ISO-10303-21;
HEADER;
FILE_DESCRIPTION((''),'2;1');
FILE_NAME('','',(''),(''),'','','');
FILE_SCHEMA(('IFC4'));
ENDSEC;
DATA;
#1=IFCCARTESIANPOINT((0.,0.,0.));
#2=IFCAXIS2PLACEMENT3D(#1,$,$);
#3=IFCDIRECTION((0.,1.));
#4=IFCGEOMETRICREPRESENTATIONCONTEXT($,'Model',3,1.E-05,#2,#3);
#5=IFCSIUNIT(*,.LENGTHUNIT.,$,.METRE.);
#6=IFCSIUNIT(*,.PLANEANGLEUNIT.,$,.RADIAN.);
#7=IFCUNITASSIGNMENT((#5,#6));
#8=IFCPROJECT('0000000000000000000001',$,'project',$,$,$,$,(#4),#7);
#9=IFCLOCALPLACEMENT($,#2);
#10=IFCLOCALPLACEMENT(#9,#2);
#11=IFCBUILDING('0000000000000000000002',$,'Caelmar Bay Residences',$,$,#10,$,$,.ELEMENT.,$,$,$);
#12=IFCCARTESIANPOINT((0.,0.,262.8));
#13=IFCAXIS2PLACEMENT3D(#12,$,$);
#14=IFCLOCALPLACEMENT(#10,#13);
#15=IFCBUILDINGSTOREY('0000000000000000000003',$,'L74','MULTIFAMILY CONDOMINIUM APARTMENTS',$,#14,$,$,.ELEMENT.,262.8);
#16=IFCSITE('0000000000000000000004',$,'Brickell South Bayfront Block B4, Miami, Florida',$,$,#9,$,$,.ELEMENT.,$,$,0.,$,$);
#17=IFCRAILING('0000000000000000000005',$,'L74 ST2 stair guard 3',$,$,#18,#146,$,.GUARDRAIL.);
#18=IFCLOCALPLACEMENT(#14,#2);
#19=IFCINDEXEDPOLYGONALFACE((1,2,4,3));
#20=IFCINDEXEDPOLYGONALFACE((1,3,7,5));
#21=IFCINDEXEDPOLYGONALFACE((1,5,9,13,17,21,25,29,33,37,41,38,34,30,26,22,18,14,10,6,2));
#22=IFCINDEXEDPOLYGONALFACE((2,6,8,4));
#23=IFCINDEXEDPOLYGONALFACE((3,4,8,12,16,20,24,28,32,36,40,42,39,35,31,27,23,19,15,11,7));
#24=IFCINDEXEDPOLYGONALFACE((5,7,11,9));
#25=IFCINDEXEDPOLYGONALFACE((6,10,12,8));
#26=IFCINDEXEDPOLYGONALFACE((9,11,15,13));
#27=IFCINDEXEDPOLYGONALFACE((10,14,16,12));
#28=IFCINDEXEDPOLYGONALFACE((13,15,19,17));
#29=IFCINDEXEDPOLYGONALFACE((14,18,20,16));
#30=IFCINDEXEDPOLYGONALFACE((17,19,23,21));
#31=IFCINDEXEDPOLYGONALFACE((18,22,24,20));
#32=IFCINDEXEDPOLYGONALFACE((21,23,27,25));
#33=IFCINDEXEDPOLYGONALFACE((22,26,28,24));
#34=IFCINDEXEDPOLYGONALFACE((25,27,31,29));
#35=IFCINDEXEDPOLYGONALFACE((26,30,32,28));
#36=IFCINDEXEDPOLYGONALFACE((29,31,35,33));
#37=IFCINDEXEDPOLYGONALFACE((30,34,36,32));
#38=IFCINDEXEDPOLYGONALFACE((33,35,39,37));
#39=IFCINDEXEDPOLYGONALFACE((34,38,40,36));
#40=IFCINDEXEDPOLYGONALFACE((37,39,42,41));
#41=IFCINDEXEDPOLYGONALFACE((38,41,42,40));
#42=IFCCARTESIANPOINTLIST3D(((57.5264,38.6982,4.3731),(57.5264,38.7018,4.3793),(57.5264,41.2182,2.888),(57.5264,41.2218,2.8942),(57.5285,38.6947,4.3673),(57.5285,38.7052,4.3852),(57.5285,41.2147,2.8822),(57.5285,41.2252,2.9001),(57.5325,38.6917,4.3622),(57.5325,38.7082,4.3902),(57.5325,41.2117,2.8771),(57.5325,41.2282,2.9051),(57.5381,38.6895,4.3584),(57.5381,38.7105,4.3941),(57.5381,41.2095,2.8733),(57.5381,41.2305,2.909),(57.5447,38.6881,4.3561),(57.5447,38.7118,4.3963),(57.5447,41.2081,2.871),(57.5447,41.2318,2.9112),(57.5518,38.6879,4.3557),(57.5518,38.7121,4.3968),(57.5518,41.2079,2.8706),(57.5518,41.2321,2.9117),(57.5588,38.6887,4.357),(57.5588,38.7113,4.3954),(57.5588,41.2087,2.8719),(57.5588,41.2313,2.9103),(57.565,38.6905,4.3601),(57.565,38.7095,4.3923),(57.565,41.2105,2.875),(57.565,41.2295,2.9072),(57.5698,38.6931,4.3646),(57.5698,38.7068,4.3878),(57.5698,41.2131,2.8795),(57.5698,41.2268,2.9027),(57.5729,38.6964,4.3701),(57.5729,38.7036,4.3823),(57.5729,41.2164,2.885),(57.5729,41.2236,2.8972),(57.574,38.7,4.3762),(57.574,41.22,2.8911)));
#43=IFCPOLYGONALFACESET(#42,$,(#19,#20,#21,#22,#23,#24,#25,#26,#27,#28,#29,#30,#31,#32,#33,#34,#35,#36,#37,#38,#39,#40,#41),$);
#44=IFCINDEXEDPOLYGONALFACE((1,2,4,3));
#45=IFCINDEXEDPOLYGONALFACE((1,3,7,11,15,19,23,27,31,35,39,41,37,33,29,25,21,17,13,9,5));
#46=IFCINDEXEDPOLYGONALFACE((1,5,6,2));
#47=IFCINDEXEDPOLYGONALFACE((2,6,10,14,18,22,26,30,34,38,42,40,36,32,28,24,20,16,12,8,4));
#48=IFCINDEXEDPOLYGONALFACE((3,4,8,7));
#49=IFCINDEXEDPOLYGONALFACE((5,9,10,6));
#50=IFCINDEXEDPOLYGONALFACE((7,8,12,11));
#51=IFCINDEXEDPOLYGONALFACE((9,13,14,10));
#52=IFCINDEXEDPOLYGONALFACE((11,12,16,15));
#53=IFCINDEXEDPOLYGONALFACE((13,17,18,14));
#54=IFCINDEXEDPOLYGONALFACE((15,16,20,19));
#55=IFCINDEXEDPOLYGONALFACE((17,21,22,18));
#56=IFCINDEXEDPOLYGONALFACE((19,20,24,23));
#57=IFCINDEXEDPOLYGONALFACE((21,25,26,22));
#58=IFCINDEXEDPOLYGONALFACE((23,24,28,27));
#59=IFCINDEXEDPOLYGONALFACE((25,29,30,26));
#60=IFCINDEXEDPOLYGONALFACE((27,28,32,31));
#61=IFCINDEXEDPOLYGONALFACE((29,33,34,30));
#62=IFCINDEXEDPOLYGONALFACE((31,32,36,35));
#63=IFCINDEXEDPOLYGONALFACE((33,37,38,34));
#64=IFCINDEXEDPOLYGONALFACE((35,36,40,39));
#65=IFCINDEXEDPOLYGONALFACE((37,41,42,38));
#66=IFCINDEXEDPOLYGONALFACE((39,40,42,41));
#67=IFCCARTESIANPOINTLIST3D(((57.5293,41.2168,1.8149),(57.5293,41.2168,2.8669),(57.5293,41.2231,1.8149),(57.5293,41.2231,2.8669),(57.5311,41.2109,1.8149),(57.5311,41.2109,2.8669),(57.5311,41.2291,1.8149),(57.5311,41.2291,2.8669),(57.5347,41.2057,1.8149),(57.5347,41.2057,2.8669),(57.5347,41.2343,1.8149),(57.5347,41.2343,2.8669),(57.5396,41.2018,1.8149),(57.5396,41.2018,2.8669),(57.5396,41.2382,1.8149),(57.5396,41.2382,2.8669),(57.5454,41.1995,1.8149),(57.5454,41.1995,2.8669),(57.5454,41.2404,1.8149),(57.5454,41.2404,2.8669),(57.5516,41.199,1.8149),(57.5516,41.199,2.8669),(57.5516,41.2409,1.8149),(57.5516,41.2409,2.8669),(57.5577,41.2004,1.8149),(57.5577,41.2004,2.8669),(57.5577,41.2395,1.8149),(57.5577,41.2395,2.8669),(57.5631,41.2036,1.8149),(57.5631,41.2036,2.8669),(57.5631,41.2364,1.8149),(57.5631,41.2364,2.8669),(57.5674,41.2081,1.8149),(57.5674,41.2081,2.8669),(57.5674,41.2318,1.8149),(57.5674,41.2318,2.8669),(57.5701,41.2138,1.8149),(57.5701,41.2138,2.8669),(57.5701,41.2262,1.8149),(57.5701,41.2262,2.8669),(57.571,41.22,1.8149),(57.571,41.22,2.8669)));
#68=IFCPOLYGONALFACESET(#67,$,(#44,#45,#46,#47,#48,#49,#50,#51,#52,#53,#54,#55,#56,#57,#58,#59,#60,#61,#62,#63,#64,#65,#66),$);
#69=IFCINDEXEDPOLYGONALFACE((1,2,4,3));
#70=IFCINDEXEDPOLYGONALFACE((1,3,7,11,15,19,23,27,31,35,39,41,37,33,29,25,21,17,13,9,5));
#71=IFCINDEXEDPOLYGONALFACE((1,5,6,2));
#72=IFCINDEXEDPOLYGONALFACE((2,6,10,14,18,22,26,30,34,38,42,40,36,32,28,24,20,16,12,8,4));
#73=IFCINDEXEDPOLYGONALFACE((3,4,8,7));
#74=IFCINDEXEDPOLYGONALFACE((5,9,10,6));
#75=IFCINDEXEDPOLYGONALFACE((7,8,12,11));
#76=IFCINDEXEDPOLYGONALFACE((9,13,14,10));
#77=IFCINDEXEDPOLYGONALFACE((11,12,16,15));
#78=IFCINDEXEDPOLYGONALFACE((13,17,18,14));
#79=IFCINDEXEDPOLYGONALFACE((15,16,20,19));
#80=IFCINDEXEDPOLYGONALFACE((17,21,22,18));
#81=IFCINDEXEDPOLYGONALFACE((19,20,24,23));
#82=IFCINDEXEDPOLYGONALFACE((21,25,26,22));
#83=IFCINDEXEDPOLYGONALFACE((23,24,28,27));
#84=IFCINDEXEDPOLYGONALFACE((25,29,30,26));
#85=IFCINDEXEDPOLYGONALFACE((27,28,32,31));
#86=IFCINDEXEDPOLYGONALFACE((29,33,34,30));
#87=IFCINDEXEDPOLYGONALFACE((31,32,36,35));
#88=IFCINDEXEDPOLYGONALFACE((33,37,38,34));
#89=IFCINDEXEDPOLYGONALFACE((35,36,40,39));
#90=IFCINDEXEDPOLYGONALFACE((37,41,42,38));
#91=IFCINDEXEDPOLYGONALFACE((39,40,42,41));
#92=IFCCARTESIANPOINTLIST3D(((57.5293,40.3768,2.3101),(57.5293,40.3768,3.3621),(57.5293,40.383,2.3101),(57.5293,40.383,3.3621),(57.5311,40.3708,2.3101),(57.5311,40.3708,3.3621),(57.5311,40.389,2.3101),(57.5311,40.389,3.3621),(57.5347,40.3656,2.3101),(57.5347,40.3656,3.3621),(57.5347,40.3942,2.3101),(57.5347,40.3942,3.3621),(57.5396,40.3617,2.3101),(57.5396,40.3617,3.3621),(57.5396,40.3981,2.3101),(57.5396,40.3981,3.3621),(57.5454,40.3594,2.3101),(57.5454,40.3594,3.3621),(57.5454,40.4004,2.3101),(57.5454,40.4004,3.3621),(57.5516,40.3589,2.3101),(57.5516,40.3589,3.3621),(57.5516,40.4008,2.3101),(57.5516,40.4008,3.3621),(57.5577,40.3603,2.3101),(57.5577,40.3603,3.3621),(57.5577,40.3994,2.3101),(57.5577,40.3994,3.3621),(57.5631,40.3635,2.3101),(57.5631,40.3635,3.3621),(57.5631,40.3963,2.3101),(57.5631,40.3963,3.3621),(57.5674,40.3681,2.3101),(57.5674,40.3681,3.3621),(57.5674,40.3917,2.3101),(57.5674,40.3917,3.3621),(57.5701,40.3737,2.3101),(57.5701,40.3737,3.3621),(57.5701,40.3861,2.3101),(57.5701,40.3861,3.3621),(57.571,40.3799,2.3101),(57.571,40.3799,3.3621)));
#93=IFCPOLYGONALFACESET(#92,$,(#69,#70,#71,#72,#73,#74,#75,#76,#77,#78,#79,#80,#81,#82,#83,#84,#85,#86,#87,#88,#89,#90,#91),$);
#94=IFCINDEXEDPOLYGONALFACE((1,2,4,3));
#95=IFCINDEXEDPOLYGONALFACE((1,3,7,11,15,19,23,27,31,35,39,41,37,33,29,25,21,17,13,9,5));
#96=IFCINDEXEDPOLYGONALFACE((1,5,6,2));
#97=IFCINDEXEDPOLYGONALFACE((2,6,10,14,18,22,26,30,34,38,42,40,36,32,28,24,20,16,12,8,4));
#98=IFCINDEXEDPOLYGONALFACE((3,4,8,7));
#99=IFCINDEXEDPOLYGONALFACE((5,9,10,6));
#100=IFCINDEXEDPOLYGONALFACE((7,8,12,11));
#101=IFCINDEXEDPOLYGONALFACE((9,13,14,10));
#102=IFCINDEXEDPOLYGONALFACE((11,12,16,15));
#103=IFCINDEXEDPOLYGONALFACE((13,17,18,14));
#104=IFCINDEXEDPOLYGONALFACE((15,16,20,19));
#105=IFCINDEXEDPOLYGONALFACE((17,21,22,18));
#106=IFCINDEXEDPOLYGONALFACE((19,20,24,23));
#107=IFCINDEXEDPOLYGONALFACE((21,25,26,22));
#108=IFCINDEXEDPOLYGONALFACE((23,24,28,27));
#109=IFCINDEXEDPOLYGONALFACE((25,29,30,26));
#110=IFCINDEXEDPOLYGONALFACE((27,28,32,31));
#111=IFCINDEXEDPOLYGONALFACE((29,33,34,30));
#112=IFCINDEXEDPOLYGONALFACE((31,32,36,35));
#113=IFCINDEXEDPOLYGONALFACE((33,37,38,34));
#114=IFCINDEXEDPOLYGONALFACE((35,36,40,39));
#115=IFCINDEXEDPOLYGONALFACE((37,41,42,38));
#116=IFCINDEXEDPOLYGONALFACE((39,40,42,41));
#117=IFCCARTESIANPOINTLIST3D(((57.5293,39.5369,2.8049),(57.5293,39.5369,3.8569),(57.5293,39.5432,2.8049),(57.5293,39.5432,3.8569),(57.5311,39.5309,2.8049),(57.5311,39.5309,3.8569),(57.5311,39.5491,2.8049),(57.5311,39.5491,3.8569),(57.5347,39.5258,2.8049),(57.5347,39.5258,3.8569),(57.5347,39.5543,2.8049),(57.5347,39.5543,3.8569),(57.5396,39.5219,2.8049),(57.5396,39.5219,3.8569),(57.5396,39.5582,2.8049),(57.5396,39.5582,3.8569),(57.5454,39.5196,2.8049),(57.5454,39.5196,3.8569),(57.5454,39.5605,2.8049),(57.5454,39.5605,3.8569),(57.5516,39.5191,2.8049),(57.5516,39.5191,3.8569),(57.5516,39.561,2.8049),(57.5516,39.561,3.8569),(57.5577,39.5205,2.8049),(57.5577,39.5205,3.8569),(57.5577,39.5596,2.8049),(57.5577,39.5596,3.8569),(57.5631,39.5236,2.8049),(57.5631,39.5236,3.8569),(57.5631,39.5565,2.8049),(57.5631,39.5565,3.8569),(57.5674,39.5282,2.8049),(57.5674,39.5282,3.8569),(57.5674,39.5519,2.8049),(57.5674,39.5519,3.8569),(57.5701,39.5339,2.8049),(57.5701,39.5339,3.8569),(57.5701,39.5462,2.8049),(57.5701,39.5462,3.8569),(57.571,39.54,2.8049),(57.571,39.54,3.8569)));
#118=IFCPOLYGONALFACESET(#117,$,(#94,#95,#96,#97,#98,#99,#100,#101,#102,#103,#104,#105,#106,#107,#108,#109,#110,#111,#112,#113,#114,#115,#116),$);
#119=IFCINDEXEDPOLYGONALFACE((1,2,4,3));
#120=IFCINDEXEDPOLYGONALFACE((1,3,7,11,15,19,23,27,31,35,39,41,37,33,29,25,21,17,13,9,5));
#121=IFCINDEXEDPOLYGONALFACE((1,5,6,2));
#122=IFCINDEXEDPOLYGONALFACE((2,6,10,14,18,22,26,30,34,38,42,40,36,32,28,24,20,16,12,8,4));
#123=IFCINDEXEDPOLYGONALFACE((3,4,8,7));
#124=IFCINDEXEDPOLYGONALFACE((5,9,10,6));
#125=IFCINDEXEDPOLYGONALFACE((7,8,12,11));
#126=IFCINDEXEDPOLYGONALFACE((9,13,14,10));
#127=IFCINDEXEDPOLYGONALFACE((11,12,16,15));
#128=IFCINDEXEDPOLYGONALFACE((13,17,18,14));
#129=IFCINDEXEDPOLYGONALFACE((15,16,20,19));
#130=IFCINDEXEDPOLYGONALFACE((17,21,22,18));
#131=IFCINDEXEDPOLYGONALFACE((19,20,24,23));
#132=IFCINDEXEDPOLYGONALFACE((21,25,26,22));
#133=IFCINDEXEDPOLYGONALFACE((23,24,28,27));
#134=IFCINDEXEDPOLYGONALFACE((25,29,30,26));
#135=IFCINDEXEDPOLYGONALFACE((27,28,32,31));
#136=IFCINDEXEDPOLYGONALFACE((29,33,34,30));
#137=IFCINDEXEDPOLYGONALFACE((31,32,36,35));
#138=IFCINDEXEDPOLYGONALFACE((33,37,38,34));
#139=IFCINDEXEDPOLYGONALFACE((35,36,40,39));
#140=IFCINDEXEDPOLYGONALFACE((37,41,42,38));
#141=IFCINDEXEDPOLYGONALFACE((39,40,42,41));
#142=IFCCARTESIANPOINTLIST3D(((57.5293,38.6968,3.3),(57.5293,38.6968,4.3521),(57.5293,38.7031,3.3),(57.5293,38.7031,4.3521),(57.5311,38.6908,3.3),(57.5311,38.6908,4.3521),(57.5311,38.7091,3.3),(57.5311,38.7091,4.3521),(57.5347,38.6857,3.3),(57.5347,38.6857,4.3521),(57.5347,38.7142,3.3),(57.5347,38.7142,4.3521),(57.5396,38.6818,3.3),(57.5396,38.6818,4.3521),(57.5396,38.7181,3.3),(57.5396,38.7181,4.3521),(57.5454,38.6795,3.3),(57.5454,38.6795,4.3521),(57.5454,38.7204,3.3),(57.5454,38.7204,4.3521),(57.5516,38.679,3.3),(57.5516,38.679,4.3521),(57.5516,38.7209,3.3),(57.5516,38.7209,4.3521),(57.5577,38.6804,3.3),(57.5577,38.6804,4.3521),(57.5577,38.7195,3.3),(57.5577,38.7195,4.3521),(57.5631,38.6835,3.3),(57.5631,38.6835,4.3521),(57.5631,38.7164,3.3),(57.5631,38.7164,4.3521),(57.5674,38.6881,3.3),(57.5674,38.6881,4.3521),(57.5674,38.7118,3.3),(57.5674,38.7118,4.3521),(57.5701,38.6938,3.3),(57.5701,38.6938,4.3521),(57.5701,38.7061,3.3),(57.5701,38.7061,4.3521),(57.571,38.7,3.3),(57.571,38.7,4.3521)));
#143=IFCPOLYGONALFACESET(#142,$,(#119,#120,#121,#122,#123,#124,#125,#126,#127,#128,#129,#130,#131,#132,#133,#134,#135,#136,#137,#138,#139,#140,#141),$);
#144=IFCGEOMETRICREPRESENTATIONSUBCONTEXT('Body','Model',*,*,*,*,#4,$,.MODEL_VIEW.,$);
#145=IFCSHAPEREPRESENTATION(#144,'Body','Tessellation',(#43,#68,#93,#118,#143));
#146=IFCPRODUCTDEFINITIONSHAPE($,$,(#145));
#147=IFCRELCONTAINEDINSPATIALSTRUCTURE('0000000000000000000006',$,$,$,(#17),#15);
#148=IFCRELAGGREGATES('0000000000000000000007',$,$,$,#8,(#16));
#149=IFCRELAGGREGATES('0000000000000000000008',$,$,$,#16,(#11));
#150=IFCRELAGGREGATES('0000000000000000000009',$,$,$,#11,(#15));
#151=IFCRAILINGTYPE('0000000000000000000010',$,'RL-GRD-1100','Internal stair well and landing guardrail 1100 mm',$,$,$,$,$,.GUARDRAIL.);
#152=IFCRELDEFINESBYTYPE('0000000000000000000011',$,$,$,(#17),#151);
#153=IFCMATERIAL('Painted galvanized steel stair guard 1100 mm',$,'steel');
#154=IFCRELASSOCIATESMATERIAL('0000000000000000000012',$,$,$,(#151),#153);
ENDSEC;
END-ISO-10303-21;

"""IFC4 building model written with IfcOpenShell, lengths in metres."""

from ifc_helpers import new_model, si_unit, direction, frame, origin, origin_2d, place, context, subcontext, project, spatial, circle, extrude, material, type_object, element, save


model = new_model("IFC4")

# Units and contexts
model_context = context("Model", 3, precision=1e-05, world=origin(), true_north=direction((0.0, 1.0)))
body_context = subcontext(model_context, "Body", "Model", "MODEL_VIEW")
ifc_project = project(units=[si_unit("LENGTHUNIT", "METRE"), si_unit("PLANEANGLEUNIT", "RADIAN")], contexts=[model_context])

# Site, building, storey
site_placement = place(None, origin())
site = spatial("IfcSite", under=ifc_project, at=site_placement, Name="Brickell South Bayfront Block B4, Miami, Florida", CompositionType="ELEMENT", RefElevation=0.0)
building_placement = place(site_placement, origin())
building = spatial("IfcBuilding", under=site, at=building_placement, Name="Caelmar Bay Residences", CompositionType="ELEMENT")
storey_placement = place(building_placement, frame((0.0, 0.0, 262.8)))
storey = spatial("IfcBuildingStorey", under=building, at=storey_placement, Name="L74", Description="MULTIFAMILY CONDOMINIUM APARTMENTS", CompositionType="ELEMENT", Elevation=262.8)

# Railing
ifc_material_1 = material(Name="Painted galvanized steel stair guard 1100 mm", Category="steel")
railing_type_1 = type_object("IfcRailingType", Name="RL-GRD-1100", Description="Internal stair well and landing guardrail 1100 mm", PredefinedType="GUARDRAIL", material=ifc_material_1)
railing_1_placement = place(storey_placement, frame((57.55, 41.22, 1.8149)))
element("IfcRailing", 1, at=railing_1_placement, inside=storey, type_object=railing_type_1, Name="L74 ST2 stair guard 3", PredefinedType="GUARDRAIL", context=body_context, shape_type="SweptSolid", body=[
    extrude(circle(Radius=0.0239, at=origin_2d()), frame((0.0, 0.0, 1.0762), z_axis=(0.0, -0.861524, 0.507717), x_axis=(1.0, 0.0, 0.0)), (0.0, 0.0, 1.0), 2.925),
    extrude(circle(Radius=0.021, at=origin_2d()), origin(), (0.0, 0.0, 1.0), 1.052),
    extrude(circle(Radius=0.021, at=origin_2d()), frame((0.0, -0.8401, 0.4951)), (0.0, 0.0, 1.0), 1.052),
    extrude(circle(Radius=0.021, at=origin_2d()), frame((0.0, -1.6799, 0.99)), (0.0, 0.0, 1.0), 1.052),
    extrude(circle(Radius=0.021, at=origin_2d()), frame((0.0, -2.52, 1.4851)), (0.0, 0.0, 1.0), 1.052),
])

save(model, "model.ifc")
